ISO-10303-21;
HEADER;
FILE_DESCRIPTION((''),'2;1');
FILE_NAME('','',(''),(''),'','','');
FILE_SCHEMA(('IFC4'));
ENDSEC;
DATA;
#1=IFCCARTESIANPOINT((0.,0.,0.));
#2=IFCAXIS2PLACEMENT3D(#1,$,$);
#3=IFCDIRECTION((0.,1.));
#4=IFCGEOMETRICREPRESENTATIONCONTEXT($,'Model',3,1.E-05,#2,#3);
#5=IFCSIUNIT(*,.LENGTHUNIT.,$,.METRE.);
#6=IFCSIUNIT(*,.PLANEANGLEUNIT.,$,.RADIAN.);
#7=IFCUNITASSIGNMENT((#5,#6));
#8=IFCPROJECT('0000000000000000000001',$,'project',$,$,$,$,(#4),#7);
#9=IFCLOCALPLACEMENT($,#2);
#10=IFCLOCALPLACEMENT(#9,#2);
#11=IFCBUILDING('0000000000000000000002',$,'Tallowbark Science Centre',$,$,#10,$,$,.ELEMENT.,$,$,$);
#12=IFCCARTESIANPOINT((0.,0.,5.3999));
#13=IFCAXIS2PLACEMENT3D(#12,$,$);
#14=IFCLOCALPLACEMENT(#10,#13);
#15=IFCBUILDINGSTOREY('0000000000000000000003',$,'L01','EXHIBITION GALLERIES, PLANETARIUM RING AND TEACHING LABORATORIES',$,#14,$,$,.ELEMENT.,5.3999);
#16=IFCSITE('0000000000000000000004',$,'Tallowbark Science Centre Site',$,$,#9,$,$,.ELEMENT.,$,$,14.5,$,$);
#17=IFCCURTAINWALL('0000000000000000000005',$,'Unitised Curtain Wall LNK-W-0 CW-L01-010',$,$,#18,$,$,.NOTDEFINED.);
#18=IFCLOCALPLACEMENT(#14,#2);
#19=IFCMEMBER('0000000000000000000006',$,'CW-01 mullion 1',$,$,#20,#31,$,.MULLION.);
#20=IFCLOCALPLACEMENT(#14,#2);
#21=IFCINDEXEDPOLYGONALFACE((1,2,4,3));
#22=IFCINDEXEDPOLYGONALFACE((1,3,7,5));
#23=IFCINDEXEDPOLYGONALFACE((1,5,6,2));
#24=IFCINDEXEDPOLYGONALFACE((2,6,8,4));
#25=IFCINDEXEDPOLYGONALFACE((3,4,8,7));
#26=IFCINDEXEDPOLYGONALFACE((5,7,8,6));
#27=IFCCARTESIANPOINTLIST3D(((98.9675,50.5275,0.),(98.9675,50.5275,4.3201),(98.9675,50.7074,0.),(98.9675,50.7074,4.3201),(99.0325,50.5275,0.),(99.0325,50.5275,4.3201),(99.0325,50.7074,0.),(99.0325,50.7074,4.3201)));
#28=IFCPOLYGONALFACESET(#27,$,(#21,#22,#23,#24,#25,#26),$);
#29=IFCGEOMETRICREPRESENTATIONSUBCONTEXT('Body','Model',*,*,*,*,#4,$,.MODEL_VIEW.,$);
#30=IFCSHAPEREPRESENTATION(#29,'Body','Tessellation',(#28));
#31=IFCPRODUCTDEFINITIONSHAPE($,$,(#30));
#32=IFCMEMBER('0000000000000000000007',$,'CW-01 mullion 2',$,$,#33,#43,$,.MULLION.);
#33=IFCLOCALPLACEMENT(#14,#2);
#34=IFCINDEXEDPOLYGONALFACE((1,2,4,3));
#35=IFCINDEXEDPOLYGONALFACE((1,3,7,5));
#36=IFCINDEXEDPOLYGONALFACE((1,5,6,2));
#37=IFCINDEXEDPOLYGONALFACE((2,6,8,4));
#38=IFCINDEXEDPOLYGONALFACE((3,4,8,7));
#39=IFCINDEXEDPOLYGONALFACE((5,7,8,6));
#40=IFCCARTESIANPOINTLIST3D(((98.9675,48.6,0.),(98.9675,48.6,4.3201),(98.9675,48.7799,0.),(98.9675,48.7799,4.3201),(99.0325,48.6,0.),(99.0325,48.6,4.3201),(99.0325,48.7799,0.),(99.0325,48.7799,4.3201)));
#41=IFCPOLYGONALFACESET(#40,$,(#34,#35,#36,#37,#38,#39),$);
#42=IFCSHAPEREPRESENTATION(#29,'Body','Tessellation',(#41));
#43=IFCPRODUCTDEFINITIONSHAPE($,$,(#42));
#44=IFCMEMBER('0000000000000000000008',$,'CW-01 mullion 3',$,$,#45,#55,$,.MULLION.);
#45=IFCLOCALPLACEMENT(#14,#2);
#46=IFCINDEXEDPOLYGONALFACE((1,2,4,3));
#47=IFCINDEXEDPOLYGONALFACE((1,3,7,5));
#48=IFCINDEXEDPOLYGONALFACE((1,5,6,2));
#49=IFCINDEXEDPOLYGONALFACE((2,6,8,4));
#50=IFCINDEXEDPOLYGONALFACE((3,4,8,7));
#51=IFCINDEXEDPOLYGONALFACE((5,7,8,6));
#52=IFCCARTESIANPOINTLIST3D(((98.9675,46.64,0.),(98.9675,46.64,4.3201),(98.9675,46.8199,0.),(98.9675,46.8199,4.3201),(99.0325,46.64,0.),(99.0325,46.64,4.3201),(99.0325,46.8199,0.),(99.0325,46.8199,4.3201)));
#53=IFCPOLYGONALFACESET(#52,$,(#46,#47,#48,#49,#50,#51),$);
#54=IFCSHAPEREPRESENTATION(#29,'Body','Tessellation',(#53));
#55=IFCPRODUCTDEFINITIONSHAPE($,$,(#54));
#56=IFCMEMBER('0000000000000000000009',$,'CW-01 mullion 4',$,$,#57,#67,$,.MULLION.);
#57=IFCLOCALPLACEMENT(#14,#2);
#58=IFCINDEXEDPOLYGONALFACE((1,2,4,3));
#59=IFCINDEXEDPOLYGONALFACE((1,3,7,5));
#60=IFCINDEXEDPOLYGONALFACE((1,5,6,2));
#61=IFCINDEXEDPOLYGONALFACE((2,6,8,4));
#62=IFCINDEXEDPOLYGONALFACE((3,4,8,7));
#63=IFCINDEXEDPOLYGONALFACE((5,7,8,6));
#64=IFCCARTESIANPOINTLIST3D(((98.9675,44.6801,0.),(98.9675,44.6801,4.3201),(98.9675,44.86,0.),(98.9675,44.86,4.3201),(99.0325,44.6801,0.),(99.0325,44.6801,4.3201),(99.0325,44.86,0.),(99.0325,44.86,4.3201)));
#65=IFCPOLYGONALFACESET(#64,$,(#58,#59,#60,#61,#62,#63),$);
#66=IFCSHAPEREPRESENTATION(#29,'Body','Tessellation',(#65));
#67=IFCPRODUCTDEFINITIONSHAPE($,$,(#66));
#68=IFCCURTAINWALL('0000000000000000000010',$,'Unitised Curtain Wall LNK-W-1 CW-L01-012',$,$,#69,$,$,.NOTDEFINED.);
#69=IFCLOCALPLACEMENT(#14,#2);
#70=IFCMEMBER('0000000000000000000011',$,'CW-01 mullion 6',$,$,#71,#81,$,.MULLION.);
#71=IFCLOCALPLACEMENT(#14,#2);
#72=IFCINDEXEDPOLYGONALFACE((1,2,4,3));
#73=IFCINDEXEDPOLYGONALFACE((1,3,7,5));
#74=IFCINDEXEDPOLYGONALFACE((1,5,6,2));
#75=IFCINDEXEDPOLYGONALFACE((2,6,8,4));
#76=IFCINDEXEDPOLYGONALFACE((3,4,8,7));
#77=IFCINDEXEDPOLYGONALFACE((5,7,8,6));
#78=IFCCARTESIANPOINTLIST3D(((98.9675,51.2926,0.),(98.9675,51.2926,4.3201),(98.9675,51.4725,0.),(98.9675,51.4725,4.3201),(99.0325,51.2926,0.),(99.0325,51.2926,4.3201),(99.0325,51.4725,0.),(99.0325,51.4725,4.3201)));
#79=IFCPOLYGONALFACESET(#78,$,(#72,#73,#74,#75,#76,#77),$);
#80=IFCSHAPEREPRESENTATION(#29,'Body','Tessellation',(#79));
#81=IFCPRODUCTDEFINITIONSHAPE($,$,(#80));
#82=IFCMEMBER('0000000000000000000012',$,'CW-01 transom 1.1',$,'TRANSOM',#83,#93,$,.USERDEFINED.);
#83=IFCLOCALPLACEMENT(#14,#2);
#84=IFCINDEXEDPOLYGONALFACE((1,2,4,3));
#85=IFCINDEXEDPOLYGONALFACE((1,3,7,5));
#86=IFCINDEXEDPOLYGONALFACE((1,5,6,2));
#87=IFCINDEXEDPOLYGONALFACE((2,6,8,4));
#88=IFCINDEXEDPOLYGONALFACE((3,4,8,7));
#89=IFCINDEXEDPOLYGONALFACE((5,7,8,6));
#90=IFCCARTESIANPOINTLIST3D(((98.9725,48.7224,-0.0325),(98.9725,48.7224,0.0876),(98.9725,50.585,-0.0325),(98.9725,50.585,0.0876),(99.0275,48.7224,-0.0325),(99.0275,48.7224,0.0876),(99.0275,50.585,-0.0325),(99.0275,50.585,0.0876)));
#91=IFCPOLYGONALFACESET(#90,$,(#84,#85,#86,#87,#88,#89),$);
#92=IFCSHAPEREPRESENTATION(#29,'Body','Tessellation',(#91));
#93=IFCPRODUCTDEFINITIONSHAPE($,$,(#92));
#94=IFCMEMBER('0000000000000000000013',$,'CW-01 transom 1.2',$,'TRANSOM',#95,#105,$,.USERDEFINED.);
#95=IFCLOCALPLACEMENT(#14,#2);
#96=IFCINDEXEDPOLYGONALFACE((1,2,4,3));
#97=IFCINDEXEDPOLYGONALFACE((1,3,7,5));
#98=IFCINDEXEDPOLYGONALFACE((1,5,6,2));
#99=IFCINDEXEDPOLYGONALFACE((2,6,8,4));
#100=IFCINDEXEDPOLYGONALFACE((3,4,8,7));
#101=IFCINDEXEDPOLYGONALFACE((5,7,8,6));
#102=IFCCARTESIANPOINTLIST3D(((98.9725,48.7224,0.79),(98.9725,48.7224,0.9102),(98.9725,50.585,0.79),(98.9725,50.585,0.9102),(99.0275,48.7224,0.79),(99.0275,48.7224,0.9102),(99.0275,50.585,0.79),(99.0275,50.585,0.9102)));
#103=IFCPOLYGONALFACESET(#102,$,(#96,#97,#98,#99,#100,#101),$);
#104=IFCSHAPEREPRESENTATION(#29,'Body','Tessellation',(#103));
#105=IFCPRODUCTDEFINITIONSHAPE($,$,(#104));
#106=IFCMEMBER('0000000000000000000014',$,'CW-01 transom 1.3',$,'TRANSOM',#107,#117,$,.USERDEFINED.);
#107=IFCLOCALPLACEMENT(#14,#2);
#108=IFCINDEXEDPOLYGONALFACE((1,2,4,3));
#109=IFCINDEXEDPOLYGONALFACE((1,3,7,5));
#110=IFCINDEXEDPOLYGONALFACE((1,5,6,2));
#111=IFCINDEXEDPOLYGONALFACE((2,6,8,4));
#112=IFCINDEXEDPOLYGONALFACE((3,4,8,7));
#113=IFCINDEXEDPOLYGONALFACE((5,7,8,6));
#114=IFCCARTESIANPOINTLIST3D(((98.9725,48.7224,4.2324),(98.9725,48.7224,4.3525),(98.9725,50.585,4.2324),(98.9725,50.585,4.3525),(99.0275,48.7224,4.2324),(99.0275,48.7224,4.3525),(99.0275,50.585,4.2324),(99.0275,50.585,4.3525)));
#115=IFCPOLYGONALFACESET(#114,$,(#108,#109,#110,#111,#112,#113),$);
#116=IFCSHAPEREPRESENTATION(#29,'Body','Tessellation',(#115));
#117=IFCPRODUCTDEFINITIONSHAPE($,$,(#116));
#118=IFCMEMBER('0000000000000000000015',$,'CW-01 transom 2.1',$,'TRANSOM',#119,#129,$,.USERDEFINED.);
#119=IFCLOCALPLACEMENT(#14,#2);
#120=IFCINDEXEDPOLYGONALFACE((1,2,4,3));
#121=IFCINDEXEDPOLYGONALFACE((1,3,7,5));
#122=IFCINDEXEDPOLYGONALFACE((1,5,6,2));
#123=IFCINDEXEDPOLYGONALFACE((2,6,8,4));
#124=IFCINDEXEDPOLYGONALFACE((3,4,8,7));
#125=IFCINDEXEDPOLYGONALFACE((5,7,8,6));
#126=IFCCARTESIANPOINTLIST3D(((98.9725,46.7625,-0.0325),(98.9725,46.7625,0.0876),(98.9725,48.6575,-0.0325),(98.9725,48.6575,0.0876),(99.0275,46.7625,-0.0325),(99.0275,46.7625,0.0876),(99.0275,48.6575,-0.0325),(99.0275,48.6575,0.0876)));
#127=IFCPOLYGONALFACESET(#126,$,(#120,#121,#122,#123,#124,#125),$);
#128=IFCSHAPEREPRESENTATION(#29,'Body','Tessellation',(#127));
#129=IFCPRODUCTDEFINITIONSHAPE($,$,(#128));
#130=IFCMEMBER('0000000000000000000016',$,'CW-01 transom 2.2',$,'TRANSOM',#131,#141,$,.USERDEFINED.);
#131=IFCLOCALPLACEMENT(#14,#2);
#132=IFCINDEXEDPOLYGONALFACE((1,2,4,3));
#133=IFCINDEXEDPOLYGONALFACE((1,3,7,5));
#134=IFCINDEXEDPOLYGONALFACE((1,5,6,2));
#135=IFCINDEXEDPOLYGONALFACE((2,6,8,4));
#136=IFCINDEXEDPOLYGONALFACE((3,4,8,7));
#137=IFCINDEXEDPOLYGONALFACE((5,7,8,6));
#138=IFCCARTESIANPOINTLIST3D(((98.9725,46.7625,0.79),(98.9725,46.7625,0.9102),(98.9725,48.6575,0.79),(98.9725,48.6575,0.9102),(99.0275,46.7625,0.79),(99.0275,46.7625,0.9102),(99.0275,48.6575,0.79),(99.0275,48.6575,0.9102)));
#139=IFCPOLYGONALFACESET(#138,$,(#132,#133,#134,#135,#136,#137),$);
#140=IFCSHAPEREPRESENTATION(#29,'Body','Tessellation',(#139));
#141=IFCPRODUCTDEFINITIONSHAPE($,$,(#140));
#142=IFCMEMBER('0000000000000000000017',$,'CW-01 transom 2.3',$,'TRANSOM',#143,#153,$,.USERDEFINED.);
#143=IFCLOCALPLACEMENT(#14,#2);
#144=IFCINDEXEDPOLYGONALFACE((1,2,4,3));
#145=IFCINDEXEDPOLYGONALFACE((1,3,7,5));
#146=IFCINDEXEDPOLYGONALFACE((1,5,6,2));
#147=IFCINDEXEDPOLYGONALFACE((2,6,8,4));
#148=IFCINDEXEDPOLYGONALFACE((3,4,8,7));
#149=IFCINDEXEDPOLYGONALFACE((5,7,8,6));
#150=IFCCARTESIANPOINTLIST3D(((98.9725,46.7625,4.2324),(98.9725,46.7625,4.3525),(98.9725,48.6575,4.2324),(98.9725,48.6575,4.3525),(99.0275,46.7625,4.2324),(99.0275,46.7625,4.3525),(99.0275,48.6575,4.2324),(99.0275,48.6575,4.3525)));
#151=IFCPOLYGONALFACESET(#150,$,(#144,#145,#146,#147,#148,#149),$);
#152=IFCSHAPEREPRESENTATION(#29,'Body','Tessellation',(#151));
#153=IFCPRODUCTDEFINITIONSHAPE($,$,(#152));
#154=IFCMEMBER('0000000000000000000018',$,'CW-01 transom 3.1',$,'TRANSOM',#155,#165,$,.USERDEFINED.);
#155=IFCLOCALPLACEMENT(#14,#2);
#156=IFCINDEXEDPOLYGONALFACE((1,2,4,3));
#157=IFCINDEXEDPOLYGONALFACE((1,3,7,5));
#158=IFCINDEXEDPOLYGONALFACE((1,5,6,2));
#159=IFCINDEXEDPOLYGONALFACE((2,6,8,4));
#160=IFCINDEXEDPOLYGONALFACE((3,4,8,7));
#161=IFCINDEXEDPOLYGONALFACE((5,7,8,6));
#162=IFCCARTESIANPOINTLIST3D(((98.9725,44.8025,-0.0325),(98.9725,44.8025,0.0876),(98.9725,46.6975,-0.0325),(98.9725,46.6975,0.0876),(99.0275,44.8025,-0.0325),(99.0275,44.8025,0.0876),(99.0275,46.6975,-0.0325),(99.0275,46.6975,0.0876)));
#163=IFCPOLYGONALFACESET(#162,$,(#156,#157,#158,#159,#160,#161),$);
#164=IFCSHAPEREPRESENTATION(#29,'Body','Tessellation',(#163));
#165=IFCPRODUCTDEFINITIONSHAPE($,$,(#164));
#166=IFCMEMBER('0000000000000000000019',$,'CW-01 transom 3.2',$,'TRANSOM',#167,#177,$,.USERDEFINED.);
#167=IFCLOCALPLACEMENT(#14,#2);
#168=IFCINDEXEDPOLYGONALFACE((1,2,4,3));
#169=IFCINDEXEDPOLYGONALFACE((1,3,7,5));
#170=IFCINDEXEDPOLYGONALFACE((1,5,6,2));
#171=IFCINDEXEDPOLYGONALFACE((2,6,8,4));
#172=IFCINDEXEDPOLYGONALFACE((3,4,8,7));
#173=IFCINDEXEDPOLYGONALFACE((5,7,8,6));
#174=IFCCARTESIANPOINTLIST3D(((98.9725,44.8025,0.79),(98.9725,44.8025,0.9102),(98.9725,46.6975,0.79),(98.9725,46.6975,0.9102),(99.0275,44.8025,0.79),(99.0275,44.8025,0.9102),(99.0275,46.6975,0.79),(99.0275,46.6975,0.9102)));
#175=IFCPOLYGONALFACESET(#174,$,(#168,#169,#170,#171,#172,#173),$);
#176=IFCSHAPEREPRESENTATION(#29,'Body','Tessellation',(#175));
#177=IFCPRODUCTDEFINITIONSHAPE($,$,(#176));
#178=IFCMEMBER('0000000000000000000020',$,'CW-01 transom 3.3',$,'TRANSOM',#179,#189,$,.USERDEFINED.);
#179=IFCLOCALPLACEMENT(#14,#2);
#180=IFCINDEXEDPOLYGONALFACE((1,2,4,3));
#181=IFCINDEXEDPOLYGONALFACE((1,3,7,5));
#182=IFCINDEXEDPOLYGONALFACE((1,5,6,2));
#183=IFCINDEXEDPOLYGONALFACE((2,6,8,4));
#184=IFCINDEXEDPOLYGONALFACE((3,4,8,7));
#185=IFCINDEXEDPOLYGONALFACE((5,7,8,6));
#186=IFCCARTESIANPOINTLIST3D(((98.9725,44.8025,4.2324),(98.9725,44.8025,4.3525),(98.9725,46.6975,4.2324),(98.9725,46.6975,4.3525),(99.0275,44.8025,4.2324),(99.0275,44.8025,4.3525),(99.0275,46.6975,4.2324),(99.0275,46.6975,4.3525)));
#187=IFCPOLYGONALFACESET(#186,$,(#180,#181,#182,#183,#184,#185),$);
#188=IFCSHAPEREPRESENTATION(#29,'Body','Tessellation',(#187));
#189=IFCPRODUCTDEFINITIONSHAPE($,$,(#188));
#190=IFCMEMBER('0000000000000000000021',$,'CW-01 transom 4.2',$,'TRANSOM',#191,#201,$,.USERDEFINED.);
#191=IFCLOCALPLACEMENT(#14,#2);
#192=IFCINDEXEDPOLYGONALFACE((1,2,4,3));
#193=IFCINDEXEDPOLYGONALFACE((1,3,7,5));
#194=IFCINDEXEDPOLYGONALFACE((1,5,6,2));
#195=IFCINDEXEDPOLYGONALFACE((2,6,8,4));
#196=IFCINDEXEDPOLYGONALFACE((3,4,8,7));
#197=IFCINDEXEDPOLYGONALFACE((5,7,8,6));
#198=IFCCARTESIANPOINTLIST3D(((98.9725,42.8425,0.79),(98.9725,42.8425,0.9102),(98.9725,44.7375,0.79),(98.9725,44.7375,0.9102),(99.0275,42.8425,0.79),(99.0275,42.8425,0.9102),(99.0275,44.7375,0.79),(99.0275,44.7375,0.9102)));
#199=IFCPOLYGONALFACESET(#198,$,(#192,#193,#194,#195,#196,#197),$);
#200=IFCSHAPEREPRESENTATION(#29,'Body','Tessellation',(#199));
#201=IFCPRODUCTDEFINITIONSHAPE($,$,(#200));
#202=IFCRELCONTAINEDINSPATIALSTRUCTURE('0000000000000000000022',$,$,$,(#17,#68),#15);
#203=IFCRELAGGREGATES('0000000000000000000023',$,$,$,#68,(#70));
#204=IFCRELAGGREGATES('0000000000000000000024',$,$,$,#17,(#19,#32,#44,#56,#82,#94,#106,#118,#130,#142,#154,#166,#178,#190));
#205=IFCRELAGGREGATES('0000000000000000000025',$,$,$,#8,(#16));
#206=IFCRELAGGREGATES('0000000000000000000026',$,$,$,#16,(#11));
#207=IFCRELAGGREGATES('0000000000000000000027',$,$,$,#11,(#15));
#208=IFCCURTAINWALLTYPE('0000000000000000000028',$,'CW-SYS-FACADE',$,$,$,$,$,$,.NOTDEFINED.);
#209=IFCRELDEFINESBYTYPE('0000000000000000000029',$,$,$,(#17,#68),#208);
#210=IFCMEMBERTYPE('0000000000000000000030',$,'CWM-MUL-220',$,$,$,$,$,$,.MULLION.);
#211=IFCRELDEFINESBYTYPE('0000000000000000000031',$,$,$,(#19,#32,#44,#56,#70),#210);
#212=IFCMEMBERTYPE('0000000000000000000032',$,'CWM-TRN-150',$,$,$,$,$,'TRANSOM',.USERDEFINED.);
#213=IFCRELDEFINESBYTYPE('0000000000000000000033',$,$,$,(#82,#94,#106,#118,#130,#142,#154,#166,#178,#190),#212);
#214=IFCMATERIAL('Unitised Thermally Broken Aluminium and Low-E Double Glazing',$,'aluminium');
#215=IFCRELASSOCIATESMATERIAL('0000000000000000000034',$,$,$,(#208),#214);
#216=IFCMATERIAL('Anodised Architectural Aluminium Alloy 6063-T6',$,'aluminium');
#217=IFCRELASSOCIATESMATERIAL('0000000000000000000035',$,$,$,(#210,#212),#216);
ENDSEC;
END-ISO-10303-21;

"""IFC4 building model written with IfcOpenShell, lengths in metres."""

from ifc_helpers import new_model, si_unit, direction, frame, origin, origin_2d, place, context, subcontext, project, spatial, rectangle, extrude, material, material_profile, profile_set, type_object, element, aggregate, save


model = new_model("IFC4")

# Units and contexts
model_context = context("Model", 3, precision=1e-05, world=origin(), true_north=direction((0.0, 1.0)))
body_context = subcontext(model_context, "Body", "Model", "MODEL_VIEW")
ifc_project = project(units=[si_unit("LENGTHUNIT", "METRE"), si_unit("PLANEANGLEUNIT", "RADIAN")], contexts=[model_context])

# Site, building, storey
site_placement = place(None, origin())
site = spatial("IfcSite", under=ifc_project, at=site_placement, Name="Tallowbark Science Centre Site", CompositionType="ELEMENT", RefElevation=14.5)
building_placement = place(site_placement, origin())
building = spatial("IfcBuilding", under=site, at=building_placement, Name="Tallowbark Science Centre", CompositionType="ELEMENT")
storey_placement = place(building_placement, frame((0.0, 0.0, 5.3999)))
storey = spatial("IfcBuildingStorey", under=building, at=storey_placement, Name="L01", Description="EXHIBITION GALLERIES, PLANETARIUM RING AND TEACHING LABORATORIES", CompositionType="ELEMENT", Elevation=5.3999)

# Curtain wall, members
ifc_material_1 = material(Name="Unitised Thermally Broken Aluminium and Low-E Double Glazing", Category="aluminium")
curtain_wall_type = type_object("IfcCurtainWallType", Name="CW-SYS-FACADE", PredefinedType="NOTDEFINED", material=ifc_material_1)
curtain_wall_1_placement = place(storey_placement, origin())
curtain_wall_1 = element("IfcCurtainWall", 1, at=curtain_wall_1_placement, inside=storey, type_object=curtain_wall_type, Name="Unitised Curtain Wall LNK-W-0 CW-L01-010", PredefinedType="NOTDEFINED")
ifc_material_2 = material(Name="Anodised Architectural Aluminium Alloy 6063-T6", Category="aluminium")
ifc_material_profile_1 = material_profile(ifc_material_2, rectangle(XDim=0.0649, YDim=0.1799, at=origin_2d()), Name="ALU65x180")
ifc_profile_set_1 = profile_set([ifc_material_profile_1], Name="Anodised Architectural Aluminium Alloy 6063-T6")
member_type_1 = type_object("IfcMemberType", Name="CWM-MUL-220", PredefinedType="MULLION", material=ifc_profile_set_1)
member_1_placement = place(storey_placement, frame((99.0, 50.6174, 0.0), z_axis=(0.0, 0.0, 1.0), x_axis=(1.0, 0.0, 0.0)))
member_1 = element("IfcMember", 2, at=member_1_placement, type_object=member_type_1, Name="CW-01 mullion 1", PredefinedType="MULLION", context=body_context, shape_type="SweptSolid", body=[
    extrude(rectangle(XDim=0.0649, YDim=0.1799, at=origin_2d()), origin(), (0.0, 0.0, 1.0), 4.3201),
])
member_2_placement = place(storey_placement, frame((99.0, 48.6899, 0.0), z_axis=(0.0, 0.0, 1.0), x_axis=(1.0, 0.0, 0.0)))
member_2 = element("IfcMember", 3, at=member_2_placement, type_object=member_type_1, Name="CW-01 mullion 2", PredefinedType="MULLION", context=body_context, shape_type="SweptSolid", body=[
    extrude(rectangle(XDim=0.0649, YDim=0.1799, at=origin_2d()), origin(), (0.0, 0.0, 1.0), 4.3201),
])
member_3_placement = place(storey_placement, frame((99.0, 46.73, 0.0), z_axis=(0.0, 0.0, 1.0), x_axis=(1.0, 0.0, 0.0)))
member_3 = element("IfcMember", 4, at=member_3_placement, type_object=member_type_1, Name="CW-01 mullion 3", PredefinedType="MULLION", context=body_context, shape_type="SweptSolid", body=[
    extrude(rectangle(XDim=0.0649, YDim=0.1799, at=origin_2d()), origin(), (0.0, 0.0, 1.0), 4.3201),
])
member_4_placement = place(storey_placement, frame((99.0, 44.77, 0.0), z_axis=(0.0, 0.0, 1.0), x_axis=(1.0, 0.0, 0.0)))
member_4 = element("IfcMember", 5, at=member_4_placement, type_object=member_type_1, Name="CW-01 mullion 4", PredefinedType="MULLION", context=body_context, shape_type="SweptSolid", body=[
    extrude(rectangle(XDim=0.0649, YDim=0.1799, at=origin_2d()), origin(), (0.0, 0.0, 1.0), 4.3201),
])

# Curtain wall, member
curtain_wall_2_placement = place(storey_placement, origin())
curtain_wall_2 = element("IfcCurtainWall", 6, at=curtain_wall_2_placement, inside=storey, type_object=curtain_wall_type, Name="Unitised Curtain Wall LNK-W-1 CW-L01-012", PredefinedType="NOTDEFINED")
member_5_placement = place(storey_placement, frame((99.0, 51.3826, 0.0), z_axis=(0.0, 0.0, 1.0), x_axis=(1.0, 0.0, 0.0)))
member_5 = element("IfcMember", 7, at=member_5_placement, type_object=member_type_1, Name="CW-01 mullion 6", PredefinedType="MULLION", context=body_context, shape_type="SweptSolid", body=[
    extrude(rectangle(XDim=0.0649, YDim=0.1799, at=origin_2d()), origin(), (0.0, 0.0, 1.0), 4.3201),
])
aggregate(curtain_wall_2, [member_5])

# Members
ifc_material_profile_2 = material_profile(ifc_material_2, rectangle(XDim=0.0549, YDim=0.1201, at=origin_2d()), Name="ALU55x120")
ifc_profile_set_2 = profile_set([ifc_material_profile_2], Name="Anodised Architectural Aluminium Alloy 6063-T6")
member_type_2 = type_object("IfcMemberType", Name="CWM-TRN-150", ElementType="TRANSOM", PredefinedType="USERDEFINED", material=ifc_profile_set_2)
member_6_placement = place(storey_placement, frame((99.0, 50.585, 0.0276), z_axis=(0.0, -1.0, 0.0), x_axis=(1.0, 0.0, 0.0)))
member_6 = element("IfcMember", 8, at=member_6_placement, type_object=member_type_2, Name="CW-01 transom 1.1", ObjectType="TRANSOM", PredefinedType="USERDEFINED", context=body_context, shape_type="SweptSolid", body=[
    extrude(rectangle(XDim=0.0549, YDim=0.1201, at=origin_2d()), origin(), (0.0, 0.0, 1.0), 1.8625),
])
member_7_placement = place(storey_placement, frame((99.0, 50.585, 0.8501), z_axis=(0.0, -1.0, 0.0), x_axis=(1.0, 0.0, 0.0)))
member_7 = element("IfcMember", 9, at=member_7_placement, type_object=member_type_2, Name="CW-01 transom 1.2", ObjectType="TRANSOM", PredefinedType="USERDEFINED", context=body_context, shape_type="SweptSolid", body=[
    extrude(rectangle(XDim=0.0549, YDim=0.1201, at=origin_2d()), origin(), (0.0, 0.0, 1.0), 1.8625),
])
member_8_placement = place(storey_placement, frame((99.0, 50.585, 4.2925), z_axis=(0.0, -1.0, 0.0), x_axis=(1.0, 0.0, 0.0)))
member_8 = element("IfcMember", 10, at=member_8_placement, type_object=member_type_2, Name="CW-01 transom 1.3", ObjectType="TRANSOM", PredefinedType="USERDEFINED", context=body_context, shape_type="SweptSolid", body=[
    extrude(rectangle(XDim=0.0549, YDim=0.1201, at=origin_2d()), origin(), (0.0, 0.0, 1.0), 1.8625),
])
member_9_placement = place(storey_placement, frame((99.0, 48.6575, 0.0276), z_axis=(0.0, -1.0, 0.0), x_axis=(1.0, 0.0, 0.0)))
member_9 = element("IfcMember", 11, at=member_9_placement, type_object=member_type_2, Name="CW-01 transom 2.1", ObjectType="TRANSOM", PredefinedType="USERDEFINED", context=body_context, shape_type="SweptSolid", body=[
    extrude(rectangle(XDim=0.0549, YDim=0.1201, at=origin_2d()), origin(), (0.0, 0.0, 1.0), 1.895),
])
member_10_placement = place(storey_placement, frame((99.0, 48.6575, 0.8501), z_axis=(0.0, -1.0, 0.0), x_axis=(1.0, 0.0, 0.0)))
member_10 = element("IfcMember", 12, at=member_10_placement, type_object=member_type_2, Name="CW-01 transom 2.2", ObjectType="TRANSOM", PredefinedType="USERDEFINED", context=body_context, shape_type="SweptSolid", body=[
    extrude(rectangle(XDim=0.0549, YDim=0.1201, at=origin_2d()), origin(), (0.0, 0.0, 1.0), 1.895),
])
member_11_placement = place(storey_placement, frame((99.0, 48.6575, 4.2925), z_axis=(0.0, -1.0, 0.0), x_axis=(1.0, 0.0, 0.0)))
member_11 = element("IfcMember", 13, at=member_11_placement, type_object=member_type_2, Name="CW-01 transom 2.3", ObjectType="TRANSOM", PredefinedType="USERDEFINED", context=body_context, shape_type="SweptSolid", body=[
    extrude(rectangle(XDim=0.0549, YDim=0.1201, at=origin_2d()), origin(), (0.0, 0.0, 1.0), 1.895),
])
member_12_placement = place(storey_placement, frame((99.0, 46.6975, 0.0276), z_axis=(0.0, -1.0, 0.0), x_axis=(1.0, 0.0, 0.0)))
member_12 = element("IfcMember", 14, at=member_12_placement, type_object=member_type_2, Name="CW-01 transom 3.1", ObjectType="TRANSOM", PredefinedType="USERDEFINED", context=body_context, shape_type="SweptSolid", body=[
    extrude(rectangle(XDim=0.0549, YDim=0.1201, at=origin_2d()), origin(), (0.0, 0.0, 1.0), 1.895),
])
member_13_placement = place(storey_placement, frame((99.0, 46.6975, 0.8501), z_axis=(0.0, -1.0, 0.0), x_axis=(1.0, 0.0, 0.0)))
member_13 = element("IfcMember", 15, at=member_13_placement, type_object=member_type_2, Name="CW-01 transom 3.2", ObjectType="TRANSOM", PredefinedType="USERDEFINED", context=body_context, shape_type="SweptSolid", body=[
    extrude(rectangle(XDim=0.0549, YDim=0.1201, at=origin_2d()), origin(), (0.0, 0.0, 1.0), 1.895),
])
member_14_placement = place(storey_placement, frame((99.0, 46.6975, 4.2925), z_axis=(0.0, -1.0, 0.0), x_axis=(1.0, 0.0, 0.0)))
member_14 = element("IfcMember", 16, at=member_14_placement, type_object=member_type_2, Name="CW-01 transom 3.3", ObjectType="TRANSOM", PredefinedType="USERDEFINED", context=body_context, shape_type="SweptSolid", body=[
    extrude(rectangle(XDim=0.0549, YDim=0.1201, at=origin_2d()), origin(), (0.0, 0.0, 1.0), 1.895),
])
member_15_placement = place(storey_placement, frame((99.0, 44.7375, 0.8501), z_axis=(0.0, -1.0, 0.0), x_axis=(1.0, 0.0, 0.0)))
member_15 = element("IfcMember", 17, at=member_15_placement, type_object=member_type_2, Name="CW-01 transom 4.2", ObjectType="TRANSOM", PredefinedType="USERDEFINED", context=body_context, shape_type="SweptSolid", body=[
    extrude(rectangle(XDim=0.0549, YDim=0.1201, at=origin_2d()), origin(), (0.0, 0.0, 1.0), 1.895),
])

aggregate(curtain_wall_1, [member_1, member_2, member_3, member_4, member_6, member_7, member_8, member_9, member_10, member_11, member_12, member_13, member_14, member_15])

save(model, "model.ifc")
